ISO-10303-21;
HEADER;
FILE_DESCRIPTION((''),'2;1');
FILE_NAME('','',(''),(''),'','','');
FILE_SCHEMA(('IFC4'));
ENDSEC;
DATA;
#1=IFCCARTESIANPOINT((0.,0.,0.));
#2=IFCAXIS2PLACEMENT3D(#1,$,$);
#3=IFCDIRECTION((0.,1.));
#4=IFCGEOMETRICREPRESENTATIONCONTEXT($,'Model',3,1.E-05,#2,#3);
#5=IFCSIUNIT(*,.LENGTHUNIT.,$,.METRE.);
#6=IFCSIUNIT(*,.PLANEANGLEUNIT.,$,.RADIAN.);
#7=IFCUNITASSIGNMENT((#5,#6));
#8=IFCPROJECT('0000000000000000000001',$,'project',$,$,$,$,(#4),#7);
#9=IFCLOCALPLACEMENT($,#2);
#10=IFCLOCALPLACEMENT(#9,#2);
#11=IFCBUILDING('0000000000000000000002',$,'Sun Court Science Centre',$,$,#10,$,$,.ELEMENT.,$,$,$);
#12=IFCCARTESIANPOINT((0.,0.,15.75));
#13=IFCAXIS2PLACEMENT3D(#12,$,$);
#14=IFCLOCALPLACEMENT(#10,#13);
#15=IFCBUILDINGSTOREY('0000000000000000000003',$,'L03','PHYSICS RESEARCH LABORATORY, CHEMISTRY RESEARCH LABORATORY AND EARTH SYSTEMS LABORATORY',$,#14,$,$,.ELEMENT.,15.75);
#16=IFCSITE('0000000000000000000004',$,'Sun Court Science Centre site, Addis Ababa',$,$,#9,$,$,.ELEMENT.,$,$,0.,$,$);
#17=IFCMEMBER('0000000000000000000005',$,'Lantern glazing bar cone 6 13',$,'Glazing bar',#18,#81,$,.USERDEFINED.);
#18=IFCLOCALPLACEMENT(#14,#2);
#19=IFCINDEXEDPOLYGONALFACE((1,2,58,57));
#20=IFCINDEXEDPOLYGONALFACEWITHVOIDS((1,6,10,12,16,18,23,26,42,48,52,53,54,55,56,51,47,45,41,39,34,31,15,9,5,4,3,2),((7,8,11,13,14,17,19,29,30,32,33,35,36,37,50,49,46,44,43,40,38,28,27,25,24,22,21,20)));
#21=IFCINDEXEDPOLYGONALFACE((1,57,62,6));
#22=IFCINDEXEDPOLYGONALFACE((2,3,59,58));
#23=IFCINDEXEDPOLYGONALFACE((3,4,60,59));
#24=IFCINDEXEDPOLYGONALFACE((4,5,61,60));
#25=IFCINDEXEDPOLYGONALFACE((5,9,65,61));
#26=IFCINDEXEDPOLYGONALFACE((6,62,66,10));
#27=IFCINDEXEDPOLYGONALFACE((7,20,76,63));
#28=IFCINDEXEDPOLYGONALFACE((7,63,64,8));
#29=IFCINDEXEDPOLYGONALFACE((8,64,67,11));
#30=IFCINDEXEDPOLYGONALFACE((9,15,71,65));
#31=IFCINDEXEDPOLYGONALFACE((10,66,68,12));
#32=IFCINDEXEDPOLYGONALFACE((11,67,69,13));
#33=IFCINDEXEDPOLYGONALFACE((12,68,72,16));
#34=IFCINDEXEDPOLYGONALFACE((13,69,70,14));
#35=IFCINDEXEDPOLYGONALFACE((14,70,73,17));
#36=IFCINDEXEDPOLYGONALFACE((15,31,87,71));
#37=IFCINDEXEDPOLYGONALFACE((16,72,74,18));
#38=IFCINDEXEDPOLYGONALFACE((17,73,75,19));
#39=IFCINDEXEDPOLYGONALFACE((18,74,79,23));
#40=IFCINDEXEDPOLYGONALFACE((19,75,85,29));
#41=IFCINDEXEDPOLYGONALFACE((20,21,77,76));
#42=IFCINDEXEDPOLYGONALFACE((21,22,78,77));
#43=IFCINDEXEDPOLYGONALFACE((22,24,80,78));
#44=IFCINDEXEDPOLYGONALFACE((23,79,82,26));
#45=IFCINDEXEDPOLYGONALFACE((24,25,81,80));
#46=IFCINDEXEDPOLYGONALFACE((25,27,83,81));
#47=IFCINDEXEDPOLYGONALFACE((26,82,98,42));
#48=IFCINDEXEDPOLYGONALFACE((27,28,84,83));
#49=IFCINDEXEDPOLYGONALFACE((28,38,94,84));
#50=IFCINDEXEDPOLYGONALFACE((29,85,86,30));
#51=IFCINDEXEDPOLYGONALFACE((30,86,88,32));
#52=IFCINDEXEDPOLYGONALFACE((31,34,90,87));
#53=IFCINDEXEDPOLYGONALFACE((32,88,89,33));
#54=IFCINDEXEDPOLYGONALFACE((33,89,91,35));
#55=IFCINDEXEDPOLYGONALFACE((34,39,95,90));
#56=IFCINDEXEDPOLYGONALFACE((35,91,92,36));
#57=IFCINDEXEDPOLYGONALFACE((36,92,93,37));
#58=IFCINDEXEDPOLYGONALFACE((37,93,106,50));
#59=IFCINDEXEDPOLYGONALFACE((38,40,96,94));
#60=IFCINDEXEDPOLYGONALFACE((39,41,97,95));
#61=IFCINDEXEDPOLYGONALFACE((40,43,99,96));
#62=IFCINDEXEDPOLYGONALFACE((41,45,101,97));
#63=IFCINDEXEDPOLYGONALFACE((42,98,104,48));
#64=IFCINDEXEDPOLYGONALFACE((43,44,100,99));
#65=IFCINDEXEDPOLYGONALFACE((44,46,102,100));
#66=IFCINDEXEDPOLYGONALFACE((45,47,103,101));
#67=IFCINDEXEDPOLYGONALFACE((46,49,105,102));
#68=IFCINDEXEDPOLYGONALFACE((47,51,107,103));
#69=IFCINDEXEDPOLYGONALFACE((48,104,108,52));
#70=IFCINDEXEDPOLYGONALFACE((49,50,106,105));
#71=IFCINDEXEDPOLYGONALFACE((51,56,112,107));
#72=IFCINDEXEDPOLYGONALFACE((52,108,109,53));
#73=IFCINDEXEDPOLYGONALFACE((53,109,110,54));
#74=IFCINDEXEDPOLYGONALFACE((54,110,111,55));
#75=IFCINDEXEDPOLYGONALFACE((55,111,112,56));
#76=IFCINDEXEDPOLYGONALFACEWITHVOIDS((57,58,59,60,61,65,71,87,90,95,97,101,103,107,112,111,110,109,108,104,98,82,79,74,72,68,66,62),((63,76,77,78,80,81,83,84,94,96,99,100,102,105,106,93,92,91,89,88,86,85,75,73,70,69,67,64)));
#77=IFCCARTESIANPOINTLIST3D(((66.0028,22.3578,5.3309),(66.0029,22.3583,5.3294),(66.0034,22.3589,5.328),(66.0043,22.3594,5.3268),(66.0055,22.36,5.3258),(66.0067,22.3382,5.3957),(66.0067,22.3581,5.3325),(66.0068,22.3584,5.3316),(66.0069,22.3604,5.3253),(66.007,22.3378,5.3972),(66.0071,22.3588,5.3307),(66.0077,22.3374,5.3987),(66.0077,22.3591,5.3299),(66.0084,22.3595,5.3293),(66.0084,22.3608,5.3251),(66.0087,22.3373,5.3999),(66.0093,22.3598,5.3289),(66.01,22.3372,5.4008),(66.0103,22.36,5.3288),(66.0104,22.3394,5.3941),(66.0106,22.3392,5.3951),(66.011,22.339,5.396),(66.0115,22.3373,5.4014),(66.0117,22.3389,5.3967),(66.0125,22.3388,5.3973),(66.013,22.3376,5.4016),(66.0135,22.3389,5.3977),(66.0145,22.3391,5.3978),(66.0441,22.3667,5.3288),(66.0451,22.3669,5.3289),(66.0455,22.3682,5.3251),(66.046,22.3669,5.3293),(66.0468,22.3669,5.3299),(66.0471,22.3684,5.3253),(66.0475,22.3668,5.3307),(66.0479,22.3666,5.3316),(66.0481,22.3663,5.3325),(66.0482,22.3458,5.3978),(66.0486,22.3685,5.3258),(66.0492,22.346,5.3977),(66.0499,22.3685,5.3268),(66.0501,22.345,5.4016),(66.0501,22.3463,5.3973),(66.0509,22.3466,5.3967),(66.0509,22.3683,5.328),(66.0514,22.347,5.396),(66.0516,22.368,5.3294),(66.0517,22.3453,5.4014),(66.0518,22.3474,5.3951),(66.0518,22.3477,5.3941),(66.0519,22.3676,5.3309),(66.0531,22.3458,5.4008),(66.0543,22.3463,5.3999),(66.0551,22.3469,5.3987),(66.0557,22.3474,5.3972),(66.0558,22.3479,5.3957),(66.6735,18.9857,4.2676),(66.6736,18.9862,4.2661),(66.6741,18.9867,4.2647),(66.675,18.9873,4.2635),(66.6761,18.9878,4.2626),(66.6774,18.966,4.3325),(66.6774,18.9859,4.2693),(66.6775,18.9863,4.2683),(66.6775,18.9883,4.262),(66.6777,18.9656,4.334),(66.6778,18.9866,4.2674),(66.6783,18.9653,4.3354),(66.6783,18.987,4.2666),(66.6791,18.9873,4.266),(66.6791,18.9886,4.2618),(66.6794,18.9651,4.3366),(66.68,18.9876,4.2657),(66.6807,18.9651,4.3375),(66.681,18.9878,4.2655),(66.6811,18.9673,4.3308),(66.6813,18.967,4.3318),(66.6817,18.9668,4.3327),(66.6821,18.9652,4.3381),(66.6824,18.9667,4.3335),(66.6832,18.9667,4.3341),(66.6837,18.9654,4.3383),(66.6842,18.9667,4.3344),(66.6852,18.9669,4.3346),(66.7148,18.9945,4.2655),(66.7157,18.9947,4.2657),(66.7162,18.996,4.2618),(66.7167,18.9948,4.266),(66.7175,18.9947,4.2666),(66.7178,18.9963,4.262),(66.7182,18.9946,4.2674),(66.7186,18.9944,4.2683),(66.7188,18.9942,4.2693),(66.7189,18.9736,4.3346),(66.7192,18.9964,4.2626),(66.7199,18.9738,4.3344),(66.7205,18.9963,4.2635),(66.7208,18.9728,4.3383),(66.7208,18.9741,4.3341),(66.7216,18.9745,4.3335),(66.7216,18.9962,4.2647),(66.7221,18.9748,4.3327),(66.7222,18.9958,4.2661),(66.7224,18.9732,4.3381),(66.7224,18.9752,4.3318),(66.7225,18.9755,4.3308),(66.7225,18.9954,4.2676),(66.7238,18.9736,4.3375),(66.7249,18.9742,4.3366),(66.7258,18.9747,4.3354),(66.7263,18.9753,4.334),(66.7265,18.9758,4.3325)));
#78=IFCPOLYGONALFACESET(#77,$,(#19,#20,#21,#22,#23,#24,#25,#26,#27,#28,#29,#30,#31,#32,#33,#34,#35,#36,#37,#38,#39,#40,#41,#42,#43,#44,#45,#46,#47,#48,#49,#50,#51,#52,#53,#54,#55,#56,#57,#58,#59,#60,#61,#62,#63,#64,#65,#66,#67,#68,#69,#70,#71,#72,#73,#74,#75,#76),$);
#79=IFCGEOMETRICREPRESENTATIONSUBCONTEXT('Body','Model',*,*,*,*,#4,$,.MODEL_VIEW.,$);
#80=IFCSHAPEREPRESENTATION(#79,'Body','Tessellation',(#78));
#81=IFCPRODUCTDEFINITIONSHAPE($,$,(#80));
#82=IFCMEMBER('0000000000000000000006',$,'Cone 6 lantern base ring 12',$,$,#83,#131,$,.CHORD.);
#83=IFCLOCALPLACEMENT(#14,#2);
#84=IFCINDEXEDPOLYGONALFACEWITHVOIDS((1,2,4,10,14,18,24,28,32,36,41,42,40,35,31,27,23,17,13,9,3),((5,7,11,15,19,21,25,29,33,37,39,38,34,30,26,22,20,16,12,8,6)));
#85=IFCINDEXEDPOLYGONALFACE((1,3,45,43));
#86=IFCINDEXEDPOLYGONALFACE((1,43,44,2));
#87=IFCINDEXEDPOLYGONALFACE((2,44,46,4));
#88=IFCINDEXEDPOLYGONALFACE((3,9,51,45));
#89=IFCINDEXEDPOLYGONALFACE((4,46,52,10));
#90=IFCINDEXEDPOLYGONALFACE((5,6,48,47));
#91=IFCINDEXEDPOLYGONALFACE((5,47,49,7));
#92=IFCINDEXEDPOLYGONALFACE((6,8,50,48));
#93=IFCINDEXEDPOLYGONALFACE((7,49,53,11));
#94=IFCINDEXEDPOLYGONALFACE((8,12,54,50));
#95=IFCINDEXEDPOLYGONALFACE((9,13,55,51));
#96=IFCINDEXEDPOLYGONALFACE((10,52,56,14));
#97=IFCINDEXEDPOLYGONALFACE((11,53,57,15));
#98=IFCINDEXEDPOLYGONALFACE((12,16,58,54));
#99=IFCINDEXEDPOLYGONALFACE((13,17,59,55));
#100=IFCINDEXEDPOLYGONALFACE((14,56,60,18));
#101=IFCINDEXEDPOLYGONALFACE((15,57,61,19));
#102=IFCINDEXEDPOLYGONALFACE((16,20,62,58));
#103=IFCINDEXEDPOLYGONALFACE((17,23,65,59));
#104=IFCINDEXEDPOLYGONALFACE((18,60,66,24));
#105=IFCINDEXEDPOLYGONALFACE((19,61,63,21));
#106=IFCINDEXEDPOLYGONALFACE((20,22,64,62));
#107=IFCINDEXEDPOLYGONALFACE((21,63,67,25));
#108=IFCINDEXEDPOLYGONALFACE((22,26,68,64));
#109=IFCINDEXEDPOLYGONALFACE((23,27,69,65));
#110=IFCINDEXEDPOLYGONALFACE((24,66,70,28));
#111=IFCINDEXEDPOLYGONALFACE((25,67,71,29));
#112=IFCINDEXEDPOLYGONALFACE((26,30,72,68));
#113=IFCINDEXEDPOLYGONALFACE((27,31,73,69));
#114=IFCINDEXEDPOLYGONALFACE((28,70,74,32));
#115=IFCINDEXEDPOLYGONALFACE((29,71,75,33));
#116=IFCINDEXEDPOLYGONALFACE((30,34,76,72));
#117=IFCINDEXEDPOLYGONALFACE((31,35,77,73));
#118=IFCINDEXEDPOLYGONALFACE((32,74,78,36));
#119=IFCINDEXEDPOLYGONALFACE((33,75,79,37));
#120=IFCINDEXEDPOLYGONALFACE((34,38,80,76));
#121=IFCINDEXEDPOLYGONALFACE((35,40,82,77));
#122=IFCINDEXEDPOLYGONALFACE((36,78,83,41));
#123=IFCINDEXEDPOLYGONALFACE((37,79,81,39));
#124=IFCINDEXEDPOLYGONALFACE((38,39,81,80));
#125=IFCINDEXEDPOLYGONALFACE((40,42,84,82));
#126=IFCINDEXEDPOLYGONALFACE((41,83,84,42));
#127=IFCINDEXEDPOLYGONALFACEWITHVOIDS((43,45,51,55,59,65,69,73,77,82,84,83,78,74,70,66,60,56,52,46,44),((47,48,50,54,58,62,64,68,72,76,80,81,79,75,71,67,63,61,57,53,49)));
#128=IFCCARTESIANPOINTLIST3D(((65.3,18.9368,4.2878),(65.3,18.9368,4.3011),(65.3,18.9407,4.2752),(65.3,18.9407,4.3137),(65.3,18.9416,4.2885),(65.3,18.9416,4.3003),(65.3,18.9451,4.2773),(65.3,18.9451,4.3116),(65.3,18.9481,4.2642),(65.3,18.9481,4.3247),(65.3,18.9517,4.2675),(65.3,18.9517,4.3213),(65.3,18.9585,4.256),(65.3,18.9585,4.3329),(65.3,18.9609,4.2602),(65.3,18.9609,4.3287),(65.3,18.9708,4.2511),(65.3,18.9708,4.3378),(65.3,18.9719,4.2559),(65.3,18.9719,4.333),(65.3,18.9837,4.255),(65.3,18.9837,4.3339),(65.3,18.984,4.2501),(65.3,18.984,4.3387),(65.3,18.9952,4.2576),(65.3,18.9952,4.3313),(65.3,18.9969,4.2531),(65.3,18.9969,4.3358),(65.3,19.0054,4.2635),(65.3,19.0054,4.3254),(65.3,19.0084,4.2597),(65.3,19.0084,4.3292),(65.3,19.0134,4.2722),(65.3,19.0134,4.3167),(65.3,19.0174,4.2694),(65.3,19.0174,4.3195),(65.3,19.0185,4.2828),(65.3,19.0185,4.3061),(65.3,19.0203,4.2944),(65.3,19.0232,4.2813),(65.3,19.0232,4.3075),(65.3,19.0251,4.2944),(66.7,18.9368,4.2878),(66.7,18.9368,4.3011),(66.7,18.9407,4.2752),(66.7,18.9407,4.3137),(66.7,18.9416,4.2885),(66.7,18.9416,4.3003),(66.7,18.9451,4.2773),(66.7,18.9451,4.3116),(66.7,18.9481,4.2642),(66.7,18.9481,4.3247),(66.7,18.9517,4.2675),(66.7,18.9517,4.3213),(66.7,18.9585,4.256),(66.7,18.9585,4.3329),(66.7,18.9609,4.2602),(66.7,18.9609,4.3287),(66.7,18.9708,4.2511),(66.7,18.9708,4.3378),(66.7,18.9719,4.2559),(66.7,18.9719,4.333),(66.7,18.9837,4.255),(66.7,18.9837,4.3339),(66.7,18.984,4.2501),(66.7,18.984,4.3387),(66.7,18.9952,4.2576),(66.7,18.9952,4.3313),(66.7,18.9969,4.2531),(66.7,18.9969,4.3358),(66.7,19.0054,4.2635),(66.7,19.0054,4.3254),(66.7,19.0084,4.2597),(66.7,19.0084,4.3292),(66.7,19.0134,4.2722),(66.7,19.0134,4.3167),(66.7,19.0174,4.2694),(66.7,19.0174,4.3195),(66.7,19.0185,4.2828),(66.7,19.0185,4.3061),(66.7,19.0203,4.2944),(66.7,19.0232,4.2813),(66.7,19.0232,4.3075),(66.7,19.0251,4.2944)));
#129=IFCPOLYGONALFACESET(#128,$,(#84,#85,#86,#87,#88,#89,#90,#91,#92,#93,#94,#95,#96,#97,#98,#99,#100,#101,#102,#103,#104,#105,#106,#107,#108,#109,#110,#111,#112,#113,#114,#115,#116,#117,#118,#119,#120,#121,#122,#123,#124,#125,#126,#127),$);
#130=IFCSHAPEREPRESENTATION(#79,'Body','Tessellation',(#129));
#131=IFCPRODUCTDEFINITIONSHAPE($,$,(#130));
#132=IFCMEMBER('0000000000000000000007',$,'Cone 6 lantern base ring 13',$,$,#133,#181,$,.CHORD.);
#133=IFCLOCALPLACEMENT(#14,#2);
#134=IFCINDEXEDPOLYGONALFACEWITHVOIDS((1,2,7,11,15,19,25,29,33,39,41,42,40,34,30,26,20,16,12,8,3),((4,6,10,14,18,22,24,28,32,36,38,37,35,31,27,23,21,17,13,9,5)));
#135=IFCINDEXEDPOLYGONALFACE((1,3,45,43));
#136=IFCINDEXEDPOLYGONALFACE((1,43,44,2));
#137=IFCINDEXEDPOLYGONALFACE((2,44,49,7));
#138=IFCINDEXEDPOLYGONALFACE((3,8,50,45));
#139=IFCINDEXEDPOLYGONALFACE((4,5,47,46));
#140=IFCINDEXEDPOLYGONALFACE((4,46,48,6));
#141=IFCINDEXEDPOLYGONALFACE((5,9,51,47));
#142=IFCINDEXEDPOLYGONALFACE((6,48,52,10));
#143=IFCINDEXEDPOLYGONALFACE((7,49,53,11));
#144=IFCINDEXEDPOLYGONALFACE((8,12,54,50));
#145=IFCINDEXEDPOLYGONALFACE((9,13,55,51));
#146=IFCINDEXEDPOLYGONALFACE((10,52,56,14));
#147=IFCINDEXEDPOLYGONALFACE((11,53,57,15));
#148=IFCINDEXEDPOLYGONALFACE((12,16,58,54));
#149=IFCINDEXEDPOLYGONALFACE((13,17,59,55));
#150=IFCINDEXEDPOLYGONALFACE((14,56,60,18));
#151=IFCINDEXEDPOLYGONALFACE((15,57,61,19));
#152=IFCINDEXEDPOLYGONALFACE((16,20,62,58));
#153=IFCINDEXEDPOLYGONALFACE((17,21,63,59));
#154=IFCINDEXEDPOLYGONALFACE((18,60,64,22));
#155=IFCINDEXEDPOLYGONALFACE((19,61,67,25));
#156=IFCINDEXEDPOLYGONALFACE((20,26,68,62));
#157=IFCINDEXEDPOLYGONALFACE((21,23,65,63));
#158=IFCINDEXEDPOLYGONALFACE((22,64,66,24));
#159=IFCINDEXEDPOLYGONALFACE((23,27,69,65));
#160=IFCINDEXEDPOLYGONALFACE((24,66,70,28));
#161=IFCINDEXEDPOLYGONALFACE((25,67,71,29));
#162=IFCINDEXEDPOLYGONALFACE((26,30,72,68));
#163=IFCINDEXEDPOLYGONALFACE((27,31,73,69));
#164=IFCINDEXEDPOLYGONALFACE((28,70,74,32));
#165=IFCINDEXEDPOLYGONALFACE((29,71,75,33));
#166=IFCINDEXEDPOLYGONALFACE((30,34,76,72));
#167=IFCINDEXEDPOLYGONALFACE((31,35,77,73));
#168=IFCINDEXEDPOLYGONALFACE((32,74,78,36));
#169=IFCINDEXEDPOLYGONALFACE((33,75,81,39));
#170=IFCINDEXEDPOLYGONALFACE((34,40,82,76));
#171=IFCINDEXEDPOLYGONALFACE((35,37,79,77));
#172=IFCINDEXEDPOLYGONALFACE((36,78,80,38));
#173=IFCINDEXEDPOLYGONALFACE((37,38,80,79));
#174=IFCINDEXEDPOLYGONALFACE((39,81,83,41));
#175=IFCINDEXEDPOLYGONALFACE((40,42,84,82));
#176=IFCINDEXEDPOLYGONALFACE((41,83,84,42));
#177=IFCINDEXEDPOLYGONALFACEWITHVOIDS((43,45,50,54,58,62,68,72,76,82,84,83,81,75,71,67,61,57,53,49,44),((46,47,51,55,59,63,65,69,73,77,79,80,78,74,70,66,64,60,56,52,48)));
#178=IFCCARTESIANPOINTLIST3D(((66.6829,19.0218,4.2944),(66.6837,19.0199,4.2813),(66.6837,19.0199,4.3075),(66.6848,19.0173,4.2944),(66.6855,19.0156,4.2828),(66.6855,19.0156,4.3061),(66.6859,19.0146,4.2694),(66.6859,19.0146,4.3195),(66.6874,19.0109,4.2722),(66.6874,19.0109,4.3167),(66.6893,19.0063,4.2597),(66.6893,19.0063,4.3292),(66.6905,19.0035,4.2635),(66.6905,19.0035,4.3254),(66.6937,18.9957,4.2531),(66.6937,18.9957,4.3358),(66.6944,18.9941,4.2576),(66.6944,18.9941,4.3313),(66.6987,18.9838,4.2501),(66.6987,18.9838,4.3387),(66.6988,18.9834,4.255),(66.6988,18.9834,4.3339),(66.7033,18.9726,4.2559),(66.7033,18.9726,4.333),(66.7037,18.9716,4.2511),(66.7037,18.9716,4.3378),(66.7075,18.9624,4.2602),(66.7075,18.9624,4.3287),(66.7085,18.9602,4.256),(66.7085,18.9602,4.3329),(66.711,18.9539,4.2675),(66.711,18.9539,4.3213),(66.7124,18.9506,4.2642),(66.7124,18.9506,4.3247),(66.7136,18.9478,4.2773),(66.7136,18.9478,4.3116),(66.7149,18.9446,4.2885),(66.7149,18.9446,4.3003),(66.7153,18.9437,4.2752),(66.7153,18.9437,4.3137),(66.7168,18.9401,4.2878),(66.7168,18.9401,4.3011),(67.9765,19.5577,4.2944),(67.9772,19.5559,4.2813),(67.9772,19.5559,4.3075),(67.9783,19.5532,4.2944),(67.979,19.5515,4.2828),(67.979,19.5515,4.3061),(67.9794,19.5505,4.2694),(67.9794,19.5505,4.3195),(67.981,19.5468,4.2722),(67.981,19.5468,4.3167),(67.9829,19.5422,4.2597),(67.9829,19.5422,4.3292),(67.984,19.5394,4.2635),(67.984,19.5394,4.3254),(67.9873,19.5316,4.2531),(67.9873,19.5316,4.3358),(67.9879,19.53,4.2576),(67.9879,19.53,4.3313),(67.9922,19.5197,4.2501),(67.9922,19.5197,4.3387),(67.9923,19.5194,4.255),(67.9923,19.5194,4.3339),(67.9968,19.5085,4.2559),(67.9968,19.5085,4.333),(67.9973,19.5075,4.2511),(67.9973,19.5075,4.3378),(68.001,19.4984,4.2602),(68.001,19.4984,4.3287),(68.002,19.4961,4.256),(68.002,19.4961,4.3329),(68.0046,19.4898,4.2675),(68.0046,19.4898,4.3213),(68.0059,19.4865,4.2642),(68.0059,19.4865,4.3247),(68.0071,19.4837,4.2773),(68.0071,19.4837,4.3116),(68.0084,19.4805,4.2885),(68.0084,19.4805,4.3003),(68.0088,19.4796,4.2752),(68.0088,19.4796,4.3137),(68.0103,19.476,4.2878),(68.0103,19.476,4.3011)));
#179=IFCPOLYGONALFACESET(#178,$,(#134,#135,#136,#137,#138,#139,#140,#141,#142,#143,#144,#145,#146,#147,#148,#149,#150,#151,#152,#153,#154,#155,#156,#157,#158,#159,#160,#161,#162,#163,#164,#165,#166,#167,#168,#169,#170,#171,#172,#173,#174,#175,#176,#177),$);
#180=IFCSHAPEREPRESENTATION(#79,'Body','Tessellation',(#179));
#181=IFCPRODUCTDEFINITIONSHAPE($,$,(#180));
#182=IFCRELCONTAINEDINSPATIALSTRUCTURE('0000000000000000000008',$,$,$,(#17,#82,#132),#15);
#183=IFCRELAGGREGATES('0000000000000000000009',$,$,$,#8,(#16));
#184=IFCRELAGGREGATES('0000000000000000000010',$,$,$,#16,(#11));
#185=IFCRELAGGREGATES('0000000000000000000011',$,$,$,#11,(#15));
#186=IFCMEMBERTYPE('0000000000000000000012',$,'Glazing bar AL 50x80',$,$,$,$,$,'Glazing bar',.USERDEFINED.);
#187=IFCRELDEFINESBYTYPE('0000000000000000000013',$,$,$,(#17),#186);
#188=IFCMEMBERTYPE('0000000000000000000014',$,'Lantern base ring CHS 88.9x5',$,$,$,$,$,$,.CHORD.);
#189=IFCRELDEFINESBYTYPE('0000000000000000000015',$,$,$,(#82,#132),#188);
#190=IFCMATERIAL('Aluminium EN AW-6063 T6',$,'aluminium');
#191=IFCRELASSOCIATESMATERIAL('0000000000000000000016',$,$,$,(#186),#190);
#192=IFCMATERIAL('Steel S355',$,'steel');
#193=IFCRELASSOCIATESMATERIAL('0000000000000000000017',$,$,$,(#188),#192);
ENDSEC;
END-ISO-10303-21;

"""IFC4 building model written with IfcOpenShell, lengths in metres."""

from ifc_helpers import new_model, si_unit, direction, frame, origin, origin_2d, place, context, subcontext, project, spatial, hollow_rectangle, hollow_circle, extrude, material, material_profile, profile_set, type_object, element, save


model = new_model("IFC4")

# Units and contexts
model_context = context("Model", 3, precision=1e-05, world=origin(), true_north=direction((0.0, 1.0)))
body_context = subcontext(model_context, "Body", "Model", "MODEL_VIEW")
ifc_project = project(units=[si_unit("LENGTHUNIT", "METRE"), si_unit("PLANEANGLEUNIT", "RADIAN")], contexts=[model_context])

# Site, building, storey
site_placement = place(None, origin())
site = spatial("IfcSite", under=ifc_project, at=site_placement, Name="Sun Court Science Centre site, Addis Ababa", CompositionType="ELEMENT", RefElevation=0.0)
building_placement = place(site_placement, origin())
building = spatial("IfcBuilding", under=site, at=building_placement, Name="Sun Court Science Centre", CompositionType="ELEMENT")
storey_placement = place(building_placement, frame((0.0, 0.0, 15.75)))
storey = spatial("IfcBuildingStorey", under=building, at=storey_placement, Name="L03", Description="PHYSICS RESEARCH LABORATORY, CHEMISTRY RESEARCH LABORATORY AND EARTH SYSTEMS LABORATORY", CompositionType="ELEMENT", Elevation=15.75)

# Members
ifc_material_1 = material(Name="Aluminium EN AW-6063 T6", Category="aluminium")
ifc_material_profile_1 = material_profile(ifc_material_1, hollow_rectangle(XDim=0.05, YDim=0.0801, WallThickness=0.0039, InnerFilletRadius=0.0039, OuterFilletRadius=0.0061, at=origin_2d()), Name="AL 50x80x4")
ifc_profile_set_1 = profile_set([ifc_material_profile_1], Name="Aluminium EN AW-6063 T6")
member_type_1 = type_object("IfcMemberType", Name="Glazing bar AL 50x80", ElementType="Glazing bar", PredefinedType="USERDEFINED", material=ifc_profile_set_1)
for number, where, z_axis, x_axis, name in (
    (1, (66.7, 18.9807, 4.3), (-0.186357, 0.937008, 0.295444), (-0.98079, -0.195065, 0.0), "Lantern glazing bar cone 6 13"),
):
    element("IfcMember", number, at=place(storey_placement, frame(where, z_axis=z_axis, x_axis=x_axis)), inside=storey, type_object=member_type_1, Name=name, ObjectType="Glazing bar", PredefinedType="USERDEFINED", context=body_context, shape_type="SweptSolid", body=[
        extrude(hollow_rectangle(XDim=0.05, YDim=0.0801, WallThickness=0.0039, InnerFilletRadius=0.0039, OuterFilletRadius=0.0061, at=origin_2d()), origin(), (0.0, 0.0, 1.0), 3.5989),
    ])
ifc_material_2 = material(Name="Steel S355", Category="steel")
ifc_material_profile_2 = material_profile(ifc_material_2, hollow_circle(Radius=0.0444, WallThickness=0.0049, at=origin_2d()), Name="CHS 88.9x5")
ifc_profile_set_2 = profile_set([ifc_material_profile_2], Name="Steel S355")
member_type_2 = type_object("IfcMemberType", Name="Lantern base ring CHS 88.9x5", PredefinedType="CHORD", material=ifc_profile_set_2)
member_1_placement = place(storey_placement, frame((65.3, 18.9807, 4.2944), z_axis=(1.0, 0.0, 0.0), x_axis=(0.0, 1.0, 0.0)))
element("IfcMember", 2, at=member_1_placement, inside=storey, type_object=member_type_2, Name="Cone 6 lantern base ring 12", PredefinedType="CHORD", context=body_context, shape_type="SweptSolid", body=[
    extrude(hollow_circle(Radius=0.0444, WallThickness=0.0049, at=origin_2d()), origin(), (0.0, 0.0, 1.0), 1.3999),
])
member_2_placement = place(storey_placement, frame((66.7, 18.9807, 4.2944), z_axis=(0.923849, 0.382757, 0.0), x_axis=(-0.382757, 0.923849, 0.0)))
element("IfcMember", 3, at=member_2_placement, inside=storey, type_object=member_type_2, Name="Cone 6 lantern base ring 13", PredefinedType="CHORD", context=body_context, shape_type="SweptSolid", body=[
    extrude(hollow_circle(Radius=0.0444, WallThickness=0.0049, at=origin_2d()), origin(), (0.0, 0.0, 1.0), 1.4001),
])

save(model, "model.ifc")
